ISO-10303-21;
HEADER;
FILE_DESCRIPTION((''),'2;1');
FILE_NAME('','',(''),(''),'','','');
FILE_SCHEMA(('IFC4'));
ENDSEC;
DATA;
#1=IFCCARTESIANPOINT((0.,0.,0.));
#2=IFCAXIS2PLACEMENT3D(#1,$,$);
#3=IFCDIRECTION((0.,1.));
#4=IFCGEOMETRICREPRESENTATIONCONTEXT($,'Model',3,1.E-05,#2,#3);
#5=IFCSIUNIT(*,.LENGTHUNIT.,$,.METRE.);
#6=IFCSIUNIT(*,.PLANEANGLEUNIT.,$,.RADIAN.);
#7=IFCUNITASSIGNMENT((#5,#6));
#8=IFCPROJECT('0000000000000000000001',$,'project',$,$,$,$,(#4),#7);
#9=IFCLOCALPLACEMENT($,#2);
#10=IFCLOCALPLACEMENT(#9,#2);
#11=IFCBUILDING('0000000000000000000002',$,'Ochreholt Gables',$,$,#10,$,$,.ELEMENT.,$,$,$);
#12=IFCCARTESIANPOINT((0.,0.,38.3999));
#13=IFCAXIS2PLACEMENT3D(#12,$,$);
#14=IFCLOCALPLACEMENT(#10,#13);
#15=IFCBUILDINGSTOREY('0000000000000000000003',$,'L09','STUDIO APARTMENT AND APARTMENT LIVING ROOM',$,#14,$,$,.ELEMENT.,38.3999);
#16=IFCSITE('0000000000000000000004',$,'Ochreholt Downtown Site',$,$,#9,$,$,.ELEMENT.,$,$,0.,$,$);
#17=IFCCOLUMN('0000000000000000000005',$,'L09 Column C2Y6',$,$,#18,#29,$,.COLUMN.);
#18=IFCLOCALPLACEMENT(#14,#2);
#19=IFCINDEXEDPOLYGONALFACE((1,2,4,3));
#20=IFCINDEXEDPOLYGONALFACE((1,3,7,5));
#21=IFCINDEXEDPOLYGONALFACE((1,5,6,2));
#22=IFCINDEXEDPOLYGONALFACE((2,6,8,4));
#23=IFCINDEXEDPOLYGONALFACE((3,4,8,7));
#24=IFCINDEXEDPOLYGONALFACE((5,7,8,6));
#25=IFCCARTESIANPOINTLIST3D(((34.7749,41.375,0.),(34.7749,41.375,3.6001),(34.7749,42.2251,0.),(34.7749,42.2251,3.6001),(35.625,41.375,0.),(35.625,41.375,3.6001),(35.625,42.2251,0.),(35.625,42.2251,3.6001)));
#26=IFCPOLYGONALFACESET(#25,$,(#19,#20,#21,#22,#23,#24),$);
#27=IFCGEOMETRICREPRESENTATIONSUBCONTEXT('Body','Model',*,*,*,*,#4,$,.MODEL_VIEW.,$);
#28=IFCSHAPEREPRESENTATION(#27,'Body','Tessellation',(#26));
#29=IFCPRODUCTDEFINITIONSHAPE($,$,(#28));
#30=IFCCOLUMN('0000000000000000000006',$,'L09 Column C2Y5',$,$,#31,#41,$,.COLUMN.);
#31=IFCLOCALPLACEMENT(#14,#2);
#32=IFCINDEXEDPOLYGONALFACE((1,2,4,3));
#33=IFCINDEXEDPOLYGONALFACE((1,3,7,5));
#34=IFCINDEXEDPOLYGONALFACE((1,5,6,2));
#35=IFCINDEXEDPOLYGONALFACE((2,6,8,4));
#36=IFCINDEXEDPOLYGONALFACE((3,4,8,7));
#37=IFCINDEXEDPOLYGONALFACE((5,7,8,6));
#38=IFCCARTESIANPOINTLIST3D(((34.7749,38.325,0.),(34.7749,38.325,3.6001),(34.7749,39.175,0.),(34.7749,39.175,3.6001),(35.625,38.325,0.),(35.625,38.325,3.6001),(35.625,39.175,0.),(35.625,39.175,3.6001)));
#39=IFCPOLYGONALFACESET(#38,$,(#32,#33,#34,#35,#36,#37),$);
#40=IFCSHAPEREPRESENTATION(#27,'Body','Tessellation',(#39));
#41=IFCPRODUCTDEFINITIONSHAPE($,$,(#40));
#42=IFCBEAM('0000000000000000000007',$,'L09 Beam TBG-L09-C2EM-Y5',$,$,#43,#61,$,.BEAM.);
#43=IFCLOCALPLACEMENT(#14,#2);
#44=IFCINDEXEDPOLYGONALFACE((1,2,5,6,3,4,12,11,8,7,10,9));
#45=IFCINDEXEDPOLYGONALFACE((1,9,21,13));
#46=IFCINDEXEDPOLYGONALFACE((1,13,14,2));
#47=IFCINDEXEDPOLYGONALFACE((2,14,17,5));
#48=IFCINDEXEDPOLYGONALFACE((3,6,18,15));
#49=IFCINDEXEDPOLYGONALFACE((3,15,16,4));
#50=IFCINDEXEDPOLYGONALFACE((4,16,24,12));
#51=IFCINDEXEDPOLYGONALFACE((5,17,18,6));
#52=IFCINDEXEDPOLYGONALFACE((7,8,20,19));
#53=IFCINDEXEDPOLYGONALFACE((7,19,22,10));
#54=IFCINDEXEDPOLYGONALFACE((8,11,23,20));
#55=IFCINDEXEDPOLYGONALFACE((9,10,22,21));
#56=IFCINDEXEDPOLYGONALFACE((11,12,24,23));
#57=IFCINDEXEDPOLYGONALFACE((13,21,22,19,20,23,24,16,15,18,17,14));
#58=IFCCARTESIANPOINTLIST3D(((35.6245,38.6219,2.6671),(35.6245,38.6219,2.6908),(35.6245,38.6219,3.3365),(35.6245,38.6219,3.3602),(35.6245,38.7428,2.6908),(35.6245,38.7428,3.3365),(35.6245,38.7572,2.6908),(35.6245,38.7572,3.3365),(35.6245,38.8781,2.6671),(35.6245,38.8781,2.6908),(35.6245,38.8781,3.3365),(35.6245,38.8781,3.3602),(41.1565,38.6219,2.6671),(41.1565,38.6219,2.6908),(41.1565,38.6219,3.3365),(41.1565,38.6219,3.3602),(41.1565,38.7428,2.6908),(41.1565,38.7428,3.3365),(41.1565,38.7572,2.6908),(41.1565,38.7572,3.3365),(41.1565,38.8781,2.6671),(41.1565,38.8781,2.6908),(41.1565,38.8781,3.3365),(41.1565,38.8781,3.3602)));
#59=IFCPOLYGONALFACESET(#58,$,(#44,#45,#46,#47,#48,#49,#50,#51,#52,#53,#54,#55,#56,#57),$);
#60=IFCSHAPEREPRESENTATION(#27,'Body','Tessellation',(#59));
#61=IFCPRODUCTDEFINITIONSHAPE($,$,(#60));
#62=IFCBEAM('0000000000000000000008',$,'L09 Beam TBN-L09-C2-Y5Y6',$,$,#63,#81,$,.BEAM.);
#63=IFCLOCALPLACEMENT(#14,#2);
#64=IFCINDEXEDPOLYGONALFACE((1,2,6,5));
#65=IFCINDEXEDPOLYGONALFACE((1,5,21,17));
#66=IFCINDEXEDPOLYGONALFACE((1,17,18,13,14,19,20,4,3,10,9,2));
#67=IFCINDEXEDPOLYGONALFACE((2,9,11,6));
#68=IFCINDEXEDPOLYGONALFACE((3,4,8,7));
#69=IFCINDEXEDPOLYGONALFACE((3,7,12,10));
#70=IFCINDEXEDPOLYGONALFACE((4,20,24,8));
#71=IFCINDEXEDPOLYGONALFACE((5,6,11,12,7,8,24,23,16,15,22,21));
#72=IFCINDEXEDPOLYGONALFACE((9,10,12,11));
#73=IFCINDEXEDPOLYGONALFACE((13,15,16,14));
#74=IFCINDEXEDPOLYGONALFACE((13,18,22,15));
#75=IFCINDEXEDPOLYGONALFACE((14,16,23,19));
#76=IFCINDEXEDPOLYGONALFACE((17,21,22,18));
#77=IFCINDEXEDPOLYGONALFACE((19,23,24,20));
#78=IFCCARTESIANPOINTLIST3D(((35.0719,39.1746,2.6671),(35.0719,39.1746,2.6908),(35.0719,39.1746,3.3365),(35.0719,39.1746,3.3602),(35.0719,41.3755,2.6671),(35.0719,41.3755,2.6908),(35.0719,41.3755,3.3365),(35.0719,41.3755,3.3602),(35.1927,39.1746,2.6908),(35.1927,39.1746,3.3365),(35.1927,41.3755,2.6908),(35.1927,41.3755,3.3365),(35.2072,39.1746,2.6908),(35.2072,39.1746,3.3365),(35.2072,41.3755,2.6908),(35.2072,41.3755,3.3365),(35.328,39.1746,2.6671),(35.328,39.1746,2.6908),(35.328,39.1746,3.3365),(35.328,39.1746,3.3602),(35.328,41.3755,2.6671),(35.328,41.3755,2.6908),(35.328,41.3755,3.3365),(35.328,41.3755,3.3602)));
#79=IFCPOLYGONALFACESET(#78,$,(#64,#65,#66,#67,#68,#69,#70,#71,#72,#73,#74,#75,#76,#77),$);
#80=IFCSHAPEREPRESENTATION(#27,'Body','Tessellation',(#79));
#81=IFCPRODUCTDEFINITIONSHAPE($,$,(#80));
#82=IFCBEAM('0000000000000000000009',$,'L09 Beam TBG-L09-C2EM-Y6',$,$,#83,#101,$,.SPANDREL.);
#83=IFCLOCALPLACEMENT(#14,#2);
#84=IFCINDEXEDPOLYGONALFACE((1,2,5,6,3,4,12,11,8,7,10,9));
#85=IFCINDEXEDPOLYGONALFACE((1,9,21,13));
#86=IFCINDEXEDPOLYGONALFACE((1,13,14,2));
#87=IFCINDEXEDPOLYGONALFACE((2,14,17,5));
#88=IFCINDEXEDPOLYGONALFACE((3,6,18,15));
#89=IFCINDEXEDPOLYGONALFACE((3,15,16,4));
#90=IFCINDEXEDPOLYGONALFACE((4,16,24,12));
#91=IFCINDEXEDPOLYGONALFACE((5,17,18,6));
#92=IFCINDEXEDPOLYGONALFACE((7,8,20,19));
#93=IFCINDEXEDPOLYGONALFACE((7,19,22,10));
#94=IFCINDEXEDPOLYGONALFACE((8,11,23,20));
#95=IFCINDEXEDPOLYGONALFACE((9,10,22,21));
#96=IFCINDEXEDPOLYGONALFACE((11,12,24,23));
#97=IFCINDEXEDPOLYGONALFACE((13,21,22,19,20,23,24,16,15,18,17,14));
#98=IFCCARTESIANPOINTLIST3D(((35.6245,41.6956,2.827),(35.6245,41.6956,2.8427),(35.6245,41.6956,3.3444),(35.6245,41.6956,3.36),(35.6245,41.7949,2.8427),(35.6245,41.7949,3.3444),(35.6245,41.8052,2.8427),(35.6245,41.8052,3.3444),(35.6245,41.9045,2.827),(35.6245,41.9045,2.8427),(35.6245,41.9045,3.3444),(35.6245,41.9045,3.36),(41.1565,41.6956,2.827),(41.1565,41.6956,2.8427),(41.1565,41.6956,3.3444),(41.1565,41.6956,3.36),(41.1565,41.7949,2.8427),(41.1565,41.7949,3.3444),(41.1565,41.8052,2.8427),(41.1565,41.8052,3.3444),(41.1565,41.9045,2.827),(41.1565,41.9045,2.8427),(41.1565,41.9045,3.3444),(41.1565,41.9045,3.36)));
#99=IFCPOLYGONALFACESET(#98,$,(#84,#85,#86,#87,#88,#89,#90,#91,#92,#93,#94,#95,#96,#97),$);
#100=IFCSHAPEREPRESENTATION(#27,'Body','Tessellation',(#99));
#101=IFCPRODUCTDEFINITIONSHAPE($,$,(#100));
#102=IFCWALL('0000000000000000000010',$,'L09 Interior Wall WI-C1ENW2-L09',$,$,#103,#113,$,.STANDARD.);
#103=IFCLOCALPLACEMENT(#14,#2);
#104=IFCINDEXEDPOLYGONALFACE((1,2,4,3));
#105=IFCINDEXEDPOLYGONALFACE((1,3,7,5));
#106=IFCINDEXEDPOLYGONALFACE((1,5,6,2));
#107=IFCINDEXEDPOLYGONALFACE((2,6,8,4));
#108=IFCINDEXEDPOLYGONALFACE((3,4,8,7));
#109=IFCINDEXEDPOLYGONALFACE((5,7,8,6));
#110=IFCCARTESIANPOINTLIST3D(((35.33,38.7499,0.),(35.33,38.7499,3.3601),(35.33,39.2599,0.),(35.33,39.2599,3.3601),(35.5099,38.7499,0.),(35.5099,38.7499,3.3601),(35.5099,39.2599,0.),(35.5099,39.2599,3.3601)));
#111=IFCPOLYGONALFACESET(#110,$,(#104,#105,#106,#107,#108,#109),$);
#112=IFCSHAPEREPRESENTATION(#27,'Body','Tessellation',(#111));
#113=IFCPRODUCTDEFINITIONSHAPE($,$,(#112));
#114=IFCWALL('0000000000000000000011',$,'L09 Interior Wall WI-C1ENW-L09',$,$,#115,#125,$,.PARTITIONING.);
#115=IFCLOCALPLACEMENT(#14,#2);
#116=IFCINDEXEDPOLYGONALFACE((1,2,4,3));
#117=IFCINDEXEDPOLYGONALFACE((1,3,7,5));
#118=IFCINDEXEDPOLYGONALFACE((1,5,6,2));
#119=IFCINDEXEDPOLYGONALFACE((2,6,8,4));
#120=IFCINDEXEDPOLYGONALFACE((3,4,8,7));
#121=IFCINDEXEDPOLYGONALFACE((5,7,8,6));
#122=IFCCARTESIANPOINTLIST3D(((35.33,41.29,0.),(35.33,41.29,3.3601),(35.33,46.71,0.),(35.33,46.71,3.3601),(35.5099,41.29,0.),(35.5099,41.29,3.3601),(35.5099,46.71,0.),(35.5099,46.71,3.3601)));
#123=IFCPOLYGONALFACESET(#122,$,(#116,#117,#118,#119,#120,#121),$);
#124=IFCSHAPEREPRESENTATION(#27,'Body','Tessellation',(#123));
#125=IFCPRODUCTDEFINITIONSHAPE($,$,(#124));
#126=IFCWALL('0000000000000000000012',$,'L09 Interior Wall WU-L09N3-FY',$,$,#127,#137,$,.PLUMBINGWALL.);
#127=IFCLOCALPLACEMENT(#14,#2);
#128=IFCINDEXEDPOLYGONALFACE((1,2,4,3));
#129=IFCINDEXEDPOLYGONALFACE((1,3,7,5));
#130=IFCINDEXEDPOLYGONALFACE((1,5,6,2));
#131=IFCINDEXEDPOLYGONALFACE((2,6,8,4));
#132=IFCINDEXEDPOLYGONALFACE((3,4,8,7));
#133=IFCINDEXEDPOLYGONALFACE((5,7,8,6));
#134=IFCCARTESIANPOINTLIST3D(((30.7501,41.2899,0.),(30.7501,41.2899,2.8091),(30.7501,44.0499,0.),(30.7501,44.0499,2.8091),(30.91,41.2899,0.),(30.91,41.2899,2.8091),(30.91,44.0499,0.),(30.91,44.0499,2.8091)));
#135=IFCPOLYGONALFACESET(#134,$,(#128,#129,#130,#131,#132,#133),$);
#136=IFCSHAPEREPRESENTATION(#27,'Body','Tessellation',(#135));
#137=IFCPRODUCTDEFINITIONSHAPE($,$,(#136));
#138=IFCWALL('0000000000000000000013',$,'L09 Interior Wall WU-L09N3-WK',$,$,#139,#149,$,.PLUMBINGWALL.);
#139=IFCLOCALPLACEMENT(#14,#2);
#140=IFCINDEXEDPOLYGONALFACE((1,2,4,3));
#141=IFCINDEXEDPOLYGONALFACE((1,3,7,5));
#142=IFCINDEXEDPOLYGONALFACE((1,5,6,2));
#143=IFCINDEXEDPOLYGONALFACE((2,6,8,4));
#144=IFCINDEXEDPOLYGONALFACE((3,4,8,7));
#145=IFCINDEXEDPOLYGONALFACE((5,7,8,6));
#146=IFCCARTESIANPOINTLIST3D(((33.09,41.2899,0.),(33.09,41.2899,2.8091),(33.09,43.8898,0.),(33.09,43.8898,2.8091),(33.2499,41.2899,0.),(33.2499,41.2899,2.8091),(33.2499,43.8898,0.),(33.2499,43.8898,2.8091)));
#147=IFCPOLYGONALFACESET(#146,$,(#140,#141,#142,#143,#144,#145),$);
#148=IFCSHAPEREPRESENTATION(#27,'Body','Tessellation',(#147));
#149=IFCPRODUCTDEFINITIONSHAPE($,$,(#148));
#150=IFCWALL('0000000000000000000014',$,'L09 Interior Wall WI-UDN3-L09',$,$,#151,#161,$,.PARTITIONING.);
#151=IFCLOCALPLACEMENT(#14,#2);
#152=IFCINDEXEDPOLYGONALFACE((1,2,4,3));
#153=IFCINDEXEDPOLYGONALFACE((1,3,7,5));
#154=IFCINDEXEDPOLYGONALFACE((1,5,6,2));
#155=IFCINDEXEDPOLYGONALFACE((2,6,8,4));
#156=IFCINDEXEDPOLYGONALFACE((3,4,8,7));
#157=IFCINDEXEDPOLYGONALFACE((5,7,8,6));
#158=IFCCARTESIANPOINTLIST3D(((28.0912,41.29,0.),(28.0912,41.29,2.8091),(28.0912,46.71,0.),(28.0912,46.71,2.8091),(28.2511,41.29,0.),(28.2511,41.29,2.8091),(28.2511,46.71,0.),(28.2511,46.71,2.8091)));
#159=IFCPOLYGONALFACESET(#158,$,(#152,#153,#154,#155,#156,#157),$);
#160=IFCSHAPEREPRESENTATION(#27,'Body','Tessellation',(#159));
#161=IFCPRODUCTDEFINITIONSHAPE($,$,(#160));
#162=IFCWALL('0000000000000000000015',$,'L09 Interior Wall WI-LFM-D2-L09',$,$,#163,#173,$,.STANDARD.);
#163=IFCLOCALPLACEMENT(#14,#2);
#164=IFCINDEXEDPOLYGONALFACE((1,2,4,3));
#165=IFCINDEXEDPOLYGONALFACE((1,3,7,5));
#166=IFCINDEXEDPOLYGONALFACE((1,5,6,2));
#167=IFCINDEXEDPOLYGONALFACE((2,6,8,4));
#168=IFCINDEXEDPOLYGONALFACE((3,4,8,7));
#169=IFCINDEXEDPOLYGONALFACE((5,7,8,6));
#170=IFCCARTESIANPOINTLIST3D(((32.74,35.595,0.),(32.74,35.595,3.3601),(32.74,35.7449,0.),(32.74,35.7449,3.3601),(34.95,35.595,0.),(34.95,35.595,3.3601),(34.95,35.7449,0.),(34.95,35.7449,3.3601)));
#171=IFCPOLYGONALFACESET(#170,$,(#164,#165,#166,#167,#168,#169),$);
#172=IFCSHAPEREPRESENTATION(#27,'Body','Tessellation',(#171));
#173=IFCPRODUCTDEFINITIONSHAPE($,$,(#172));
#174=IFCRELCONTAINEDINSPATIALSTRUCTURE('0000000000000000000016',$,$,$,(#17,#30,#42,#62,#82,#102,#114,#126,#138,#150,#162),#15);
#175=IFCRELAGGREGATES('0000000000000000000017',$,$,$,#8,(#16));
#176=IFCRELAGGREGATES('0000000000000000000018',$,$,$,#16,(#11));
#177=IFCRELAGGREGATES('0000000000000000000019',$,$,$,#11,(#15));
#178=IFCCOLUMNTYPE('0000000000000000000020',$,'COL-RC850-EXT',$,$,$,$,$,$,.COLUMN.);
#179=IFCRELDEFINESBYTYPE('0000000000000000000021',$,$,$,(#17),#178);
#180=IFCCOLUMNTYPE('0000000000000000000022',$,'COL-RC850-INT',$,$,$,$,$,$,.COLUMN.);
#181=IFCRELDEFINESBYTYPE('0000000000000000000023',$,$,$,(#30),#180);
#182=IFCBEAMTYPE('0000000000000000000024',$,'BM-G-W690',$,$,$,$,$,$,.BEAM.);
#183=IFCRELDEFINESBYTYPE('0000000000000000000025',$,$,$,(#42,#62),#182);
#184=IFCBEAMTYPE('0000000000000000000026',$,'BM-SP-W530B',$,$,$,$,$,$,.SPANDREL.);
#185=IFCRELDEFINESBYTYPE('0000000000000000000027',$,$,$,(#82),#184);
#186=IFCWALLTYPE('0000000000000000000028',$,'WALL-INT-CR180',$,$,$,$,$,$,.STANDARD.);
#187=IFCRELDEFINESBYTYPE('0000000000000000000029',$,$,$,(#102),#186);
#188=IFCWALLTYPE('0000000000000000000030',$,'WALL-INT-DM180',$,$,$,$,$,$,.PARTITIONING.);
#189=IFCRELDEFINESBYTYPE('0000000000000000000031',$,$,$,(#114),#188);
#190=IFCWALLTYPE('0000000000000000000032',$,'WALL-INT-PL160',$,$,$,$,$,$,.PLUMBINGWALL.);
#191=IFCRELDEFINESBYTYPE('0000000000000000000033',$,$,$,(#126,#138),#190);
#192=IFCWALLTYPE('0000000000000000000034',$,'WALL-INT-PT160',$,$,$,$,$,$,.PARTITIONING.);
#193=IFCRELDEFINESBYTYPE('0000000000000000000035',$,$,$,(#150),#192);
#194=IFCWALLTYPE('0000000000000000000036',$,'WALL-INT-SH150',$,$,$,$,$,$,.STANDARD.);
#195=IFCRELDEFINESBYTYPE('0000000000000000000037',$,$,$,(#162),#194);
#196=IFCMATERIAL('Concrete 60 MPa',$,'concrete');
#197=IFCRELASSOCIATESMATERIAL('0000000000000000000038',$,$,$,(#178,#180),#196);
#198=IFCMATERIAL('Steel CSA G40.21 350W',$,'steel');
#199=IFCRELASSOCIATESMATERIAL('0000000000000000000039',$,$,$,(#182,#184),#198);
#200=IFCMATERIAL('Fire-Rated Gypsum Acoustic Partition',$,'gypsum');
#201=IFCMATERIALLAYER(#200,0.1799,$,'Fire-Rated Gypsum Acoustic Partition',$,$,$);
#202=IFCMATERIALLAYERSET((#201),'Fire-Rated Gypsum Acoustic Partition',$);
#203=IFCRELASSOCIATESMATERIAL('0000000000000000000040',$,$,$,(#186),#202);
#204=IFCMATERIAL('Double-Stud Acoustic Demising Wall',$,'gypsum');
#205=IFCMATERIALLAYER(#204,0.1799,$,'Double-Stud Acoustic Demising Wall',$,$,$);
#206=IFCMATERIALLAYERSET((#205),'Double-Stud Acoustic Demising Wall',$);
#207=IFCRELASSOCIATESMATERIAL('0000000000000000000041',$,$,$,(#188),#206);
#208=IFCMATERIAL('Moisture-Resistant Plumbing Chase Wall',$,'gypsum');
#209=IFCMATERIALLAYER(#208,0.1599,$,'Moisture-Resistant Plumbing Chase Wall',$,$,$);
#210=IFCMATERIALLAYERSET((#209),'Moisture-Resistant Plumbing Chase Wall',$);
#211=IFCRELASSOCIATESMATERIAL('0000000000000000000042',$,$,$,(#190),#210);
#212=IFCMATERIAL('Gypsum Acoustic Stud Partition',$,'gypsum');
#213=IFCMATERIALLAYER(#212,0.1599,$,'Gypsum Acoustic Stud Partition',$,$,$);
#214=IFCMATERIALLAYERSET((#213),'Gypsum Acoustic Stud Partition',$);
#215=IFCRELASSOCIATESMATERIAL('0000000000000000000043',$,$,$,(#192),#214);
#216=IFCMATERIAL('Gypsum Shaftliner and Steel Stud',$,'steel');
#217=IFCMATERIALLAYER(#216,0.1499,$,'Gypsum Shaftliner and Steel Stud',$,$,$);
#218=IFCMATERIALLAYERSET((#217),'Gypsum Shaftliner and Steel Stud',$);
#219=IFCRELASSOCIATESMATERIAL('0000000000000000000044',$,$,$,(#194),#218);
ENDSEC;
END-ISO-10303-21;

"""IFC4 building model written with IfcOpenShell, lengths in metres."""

from ifc_helpers import new_model, si_unit, direction, frame, frame_2d, origin, origin_2d, place, context, subcontext, project, spatial, rectangle, i_section, extrude, material, layer, layer_set, material_profile, profile_set, type_object, element, save


model = new_model("IFC4")

# Units and contexts
model_context = context("Model", 3, precision=1e-05, world=origin(), true_north=direction((0.0, 1.0)))
body_context = subcontext(model_context, "Body", "Model", "MODEL_VIEW")
ifc_project = project(units=[si_unit("LENGTHUNIT", "METRE"), si_unit("PLANEANGLEUNIT", "RADIAN")], contexts=[model_context])

# Site, building, storey
site_placement = place(None, origin())
site = spatial("IfcSite", under=ifc_project, at=site_placement, Name="Ochreholt Downtown Site", CompositionType="ELEMENT", RefElevation=0.0)
building_placement = place(site_placement, origin())
building = spatial("IfcBuilding", under=site, at=building_placement, Name="Ochreholt Gables", CompositionType="ELEMENT")
storey_placement = place(building_placement, frame((0.0, 0.0, 38.3999)))
storey = spatial("IfcBuildingStorey", under=building, at=storey_placement, Name="L09", Description="STUDIO APARTMENT AND APARTMENT LIVING ROOM", CompositionType="ELEMENT", Elevation=38.3999)

# Columns
ifc_material_1 = material(Name="Concrete 60 MPa", Category="concrete")
ifc_material_profile_1 = material_profile(ifc_material_1, rectangle(XDim=0.8501, YDim=0.8501, at=origin_2d()), Name="RC850X850")
ifc_profile_set_1 = profile_set([ifc_material_profile_1], Name="Concrete 60 MPa")
column_type_1 = type_object("IfcColumnType", Name="COL-RC850-EXT", PredefinedType="COLUMN", material=ifc_profile_set_1)
column_1_placement = place(storey_placement, frame((35.2, 41.8, 0.0), z_axis=(0.0, 0.0, 1.0), x_axis=(1.0, 0.0, 0.0)))
element("IfcColumn", 1, at=column_1_placement, inside=storey, type_object=column_type_1, Name="L09 Column C2Y6", PredefinedType="COLUMN", context=body_context, shape_type="SweptSolid", body=[
    extrude(rectangle(XDim=0.8501, YDim=0.8501, at=origin_2d()), origin(), (0.0, 0.0, 1.0), 3.6001),
])
ifc_material_profile_2 = material_profile(ifc_material_1, rectangle(XDim=0.8501, YDim=0.8501, at=origin_2d()), Name="RC850X850")
ifc_profile_set_2 = profile_set([ifc_material_profile_2], Name="Concrete 60 MPa")
column_type_2 = type_object("IfcColumnType", Name="COL-RC850-INT", PredefinedType="COLUMN", material=ifc_profile_set_2)
column_2_placement = place(storey_placement, frame((35.2, 38.75, 0.0), z_axis=(0.0, 0.0, 1.0), x_axis=(1.0, 0.0, 0.0)))
element("IfcColumn", 2, at=column_2_placement, inside=storey, type_object=column_type_2, Name="L09 Column C2Y5", PredefinedType="COLUMN", context=body_context, shape_type="SweptSolid", body=[
    extrude(rectangle(XDim=0.8501, YDim=0.8501, at=origin_2d()), origin(), (0.0, 0.0, 1.0), 3.6001),
])

# Beams
ifc_material_2 = material(Name="Steel CSA G40.21 350W", Category="steel")
ifc_material_profile_3 = material_profile(ifc_material_2, i_section(OverallWidth=0.2561, OverallDepth=0.6931, WebThickness=0.0144, FlangeThickness=0.0237, at=origin_2d()), Name="W690X170")
ifc_profile_set_3 = profile_set([ifc_material_profile_3], Name="Steel CSA G40.21 350W")
beam_type_1 = type_object("IfcBeamType", Name="BM-G-W690", PredefinedType="BEAM", material=ifc_profile_set_3)
beam_1_placement = place(storey_placement, frame((35.6245, 38.75, 3.0137), z_axis=(1.0, 0.0, 0.0), x_axis=(0.0, 1.0, 0.0)))
element("IfcBeam", 3, at=beam_1_placement, inside=storey, type_object=beam_type_1, Name="L09 Beam TBG-L09-C2EM-Y5", PredefinedType="BEAM", context=body_context, shape_type="SweptSolid", body=[
    extrude(i_section(OverallWidth=0.2561, OverallDepth=0.6931, WebThickness=0.0144, FlangeThickness=0.0237, at=origin_2d()), origin(), (0.0, 0.0, 1.0), 5.532),
])
beam_2_placement = place(storey_placement, frame((35.2, 39.1746, 3.0137), z_axis=(0.0, 1.0, 0.0), x_axis=(-1.0, 0.0, 0.0)))
element("IfcBeam", 4, at=beam_2_placement, inside=storey, type_object=beam_type_1, Name="L09 Beam TBN-L09-C2-Y5Y6", PredefinedType="BEAM", context=body_context, shape_type="SweptSolid", body=[
    extrude(i_section(OverallWidth=0.2561, OverallDepth=0.6931, WebThickness=0.0144, FlangeThickness=0.0237, at=origin_2d()), origin(), (0.0, 0.0, 1.0), 2.2009),
])
ifc_material_profile_4 = material_profile(ifc_material_2, i_section(OverallWidth=0.209, OverallDepth=0.533, WebThickness=0.0103, FlangeThickness=0.0156, at=origin_2d()), Name="W530X92")
ifc_profile_set_4 = profile_set([ifc_material_profile_4], Name="Steel CSA G40.21 350W")
beam_type_2 = type_object("IfcBeamType", Name="BM-SP-W530B", PredefinedType="SPANDREL", material=ifc_profile_set_4)
beam_3_placement = place(storey_placement, frame((35.6245, 41.8, 3.0935), z_axis=(1.0, 0.0, 0.0), x_axis=(0.0, 1.0, 0.0)))
element("IfcBeam", 5, at=beam_3_placement, inside=storey, type_object=beam_type_2, Name="L09 Beam TBG-L09-C2EM-Y6", PredefinedType="SPANDREL", context=body_context, shape_type="SweptSolid", body=[
    extrude(i_section(OverallWidth=0.209, OverallDepth=0.533, WebThickness=0.0103, FlangeThickness=0.0156, at=origin_2d()), origin(), (0.0, 0.0, 1.0), 5.532),
])

# Walls
ifc_material_3 = material(Name="Fire-Rated Gypsum Acoustic Partition", Category="gypsum")
ifc_layer_1 = layer(ifc_material_3, 0.1799, Name="Fire-Rated Gypsum Acoustic Partition")
ifc_layer_set_1 = layer_set([ifc_layer_1], Name="Fire-Rated Gypsum Acoustic Partition")
wall_type_1 = type_object("IfcWallType", Name="WALL-INT-CR180", PredefinedType="STANDARD", material=ifc_layer_set_1)
wall_1_placement = place(storey_placement, frame((35.4199, 38.75, 0.0), z_axis=(0.0, 0.0, 1.0), x_axis=(0.0, 1.0, 0.0)))
element("IfcWall", 6, at=wall_1_placement, inside=storey, type_object=wall_type_1, Name="L09 Interior Wall WI-C1ENW2-L09", PredefinedType="STANDARD", context=body_context, shape_type="SweptSolid", body=[
    extrude(rectangle(XDim=0.51, YDim=0.1799, at=frame_2d((0.2549, 0.0))), origin(), (0.0, 0.0, 1.0), 3.3601),
])
ifc_material_4 = material(Name="Double-Stud Acoustic Demising Wall", Category="gypsum")
ifc_layer_2 = layer(ifc_material_4, 0.1799, Name="Double-Stud Acoustic Demising Wall")
ifc_layer_set_2 = layer_set([ifc_layer_2], Name="Double-Stud Acoustic Demising Wall")
wall_type_2 = type_object("IfcWallType", Name="WALL-INT-DM180", PredefinedType="PARTITIONING", material=ifc_layer_set_2)
wall_2_placement = place(storey_placement, frame((35.4199, 41.29, 0.0), z_axis=(0.0, 0.0, 1.0), x_axis=(0.0, 1.0, 0.0)))
element("IfcWall", 7, at=wall_2_placement, inside=storey, type_object=wall_type_2, Name="L09 Interior Wall WI-C1ENW-L09", PredefinedType="PARTITIONING", context=body_context, shape_type="SweptSolid", body=[
    extrude(rectangle(XDim=5.4199, YDim=0.1799, at=frame_2d((2.71, 0.0))), origin(), (0.0, 0.0, 1.0), 3.3601),
])

# Shared definitions
ifc_material_5 = material(Name="Moisture-Resistant Plumbing Chase Wall", Category="gypsum")
ifc_layer_3 = layer(ifc_material_5, 0.1599, Name="Moisture-Resistant Plumbing Chase Wall")
ifc_layer_set_3 = layer_set([ifc_layer_3], Name="Moisture-Resistant Plumbing Chase Wall")
wall_type_3 = type_object("IfcWallType", Name="WALL-INT-PL160", PredefinedType="PLUMBINGWALL", material=ifc_layer_set_3)

# Walls
wall_3_placement = place(storey_placement, frame((30.8301, 41.29, 0.0), z_axis=(0.0, 0.0, 1.0), x_axis=(0.0, 1.0, 0.0)))
element("IfcWall", 8, at=wall_3_placement, inside=storey, type_object=wall_type_3, Name="L09 Interior Wall WU-L09N3-FY", PredefinedType="PLUMBINGWALL", context=body_context, shape_type="SweptSolid", body=[
    extrude(rectangle(XDim=2.76, YDim=0.1599, at=frame_2d((1.3799, 0.0))), origin(), (0.0, 0.0, 1.0), 2.8091),
])
wall_4_placement = place(storey_placement, frame((33.1699, 41.29, 0.0), z_axis=(0.0, 0.0, 1.0), x_axis=(0.0, 1.0, 0.0)))
element("IfcWall", 9, at=wall_4_placement, inside=storey, type_object=wall_type_3, Name="L09 Interior Wall WU-L09N3-WK", PredefinedType="PLUMBINGWALL", context=body_context, shape_type="SweptSolid", body=[
    extrude(rectangle(XDim=2.5999, YDim=0.1599, at=frame_2d((1.2998, 0.0))), origin(), (0.0, 0.0, 1.0), 2.8091),
])
ifc_material_6 = material(Name="Gypsum Acoustic Stud Partition", Category="gypsum")
ifc_layer_4 = layer(ifc_material_6, 0.1599, Name="Gypsum Acoustic Stud Partition")
ifc_layer_set_4 = layer_set([ifc_layer_4], Name="Gypsum Acoustic Stud Partition")
wall_type_4 = type_object("IfcWallType", Name="WALL-INT-PT160", PredefinedType="PARTITIONING", material=ifc_layer_set_4)
wall_5_placement = place(storey_placement, frame((28.1711, 41.29, 0.0), z_axis=(0.0, 0.0, 1.0), x_axis=(0.0, 1.0, 0.0)))
element("IfcWall", 10, at=wall_5_placement, inside=storey, type_object=wall_type_4, Name="L09 Interior Wall WI-UDN3-L09", PredefinedType="PARTITIONING", context=body_context, shape_type="SweptSolid", body=[
    extrude(rectangle(XDim=5.4199, YDim=0.1599, at=frame_2d((2.71, 0.0))), origin(), (0.0, 0.0, 1.0), 2.8091),
])
ifc_material_7 = material(Name="Gypsum Shaftliner and Steel Stud", Category="steel")
ifc_layer_5 = layer(ifc_material_7, 0.1499, Name="Gypsum Shaftliner and Steel Stud")
ifc_layer_set_5 = layer_set([ifc_layer_5], Name="Gypsum Shaftliner and Steel Stud")
wall_type_5 = type_object("IfcWallType", Name="WALL-INT-SH150", PredefinedType="STANDARD", material=ifc_layer_set_5)
wall_6_placement = place(storey_placement, frame((32.74, 35.6699, 0.0), z_axis=(0.0, 0.0, 1.0), x_axis=(1.0, 0.0, 0.0)))
element("IfcWall", 11, at=wall_6_placement, inside=storey, type_object=wall_type_5, Name="L09 Interior Wall WI-LFM-D2-L09", PredefinedType="STANDARD", context=body_context, shape_type="SweptSolid", body=[
    extrude(rectangle(XDim=2.21, YDim=0.1499, at=frame_2d((1.105, 0.0))), origin(), (0.0, 0.0, 1.0), 3.3601),
])

save(model, "model.ifc")
